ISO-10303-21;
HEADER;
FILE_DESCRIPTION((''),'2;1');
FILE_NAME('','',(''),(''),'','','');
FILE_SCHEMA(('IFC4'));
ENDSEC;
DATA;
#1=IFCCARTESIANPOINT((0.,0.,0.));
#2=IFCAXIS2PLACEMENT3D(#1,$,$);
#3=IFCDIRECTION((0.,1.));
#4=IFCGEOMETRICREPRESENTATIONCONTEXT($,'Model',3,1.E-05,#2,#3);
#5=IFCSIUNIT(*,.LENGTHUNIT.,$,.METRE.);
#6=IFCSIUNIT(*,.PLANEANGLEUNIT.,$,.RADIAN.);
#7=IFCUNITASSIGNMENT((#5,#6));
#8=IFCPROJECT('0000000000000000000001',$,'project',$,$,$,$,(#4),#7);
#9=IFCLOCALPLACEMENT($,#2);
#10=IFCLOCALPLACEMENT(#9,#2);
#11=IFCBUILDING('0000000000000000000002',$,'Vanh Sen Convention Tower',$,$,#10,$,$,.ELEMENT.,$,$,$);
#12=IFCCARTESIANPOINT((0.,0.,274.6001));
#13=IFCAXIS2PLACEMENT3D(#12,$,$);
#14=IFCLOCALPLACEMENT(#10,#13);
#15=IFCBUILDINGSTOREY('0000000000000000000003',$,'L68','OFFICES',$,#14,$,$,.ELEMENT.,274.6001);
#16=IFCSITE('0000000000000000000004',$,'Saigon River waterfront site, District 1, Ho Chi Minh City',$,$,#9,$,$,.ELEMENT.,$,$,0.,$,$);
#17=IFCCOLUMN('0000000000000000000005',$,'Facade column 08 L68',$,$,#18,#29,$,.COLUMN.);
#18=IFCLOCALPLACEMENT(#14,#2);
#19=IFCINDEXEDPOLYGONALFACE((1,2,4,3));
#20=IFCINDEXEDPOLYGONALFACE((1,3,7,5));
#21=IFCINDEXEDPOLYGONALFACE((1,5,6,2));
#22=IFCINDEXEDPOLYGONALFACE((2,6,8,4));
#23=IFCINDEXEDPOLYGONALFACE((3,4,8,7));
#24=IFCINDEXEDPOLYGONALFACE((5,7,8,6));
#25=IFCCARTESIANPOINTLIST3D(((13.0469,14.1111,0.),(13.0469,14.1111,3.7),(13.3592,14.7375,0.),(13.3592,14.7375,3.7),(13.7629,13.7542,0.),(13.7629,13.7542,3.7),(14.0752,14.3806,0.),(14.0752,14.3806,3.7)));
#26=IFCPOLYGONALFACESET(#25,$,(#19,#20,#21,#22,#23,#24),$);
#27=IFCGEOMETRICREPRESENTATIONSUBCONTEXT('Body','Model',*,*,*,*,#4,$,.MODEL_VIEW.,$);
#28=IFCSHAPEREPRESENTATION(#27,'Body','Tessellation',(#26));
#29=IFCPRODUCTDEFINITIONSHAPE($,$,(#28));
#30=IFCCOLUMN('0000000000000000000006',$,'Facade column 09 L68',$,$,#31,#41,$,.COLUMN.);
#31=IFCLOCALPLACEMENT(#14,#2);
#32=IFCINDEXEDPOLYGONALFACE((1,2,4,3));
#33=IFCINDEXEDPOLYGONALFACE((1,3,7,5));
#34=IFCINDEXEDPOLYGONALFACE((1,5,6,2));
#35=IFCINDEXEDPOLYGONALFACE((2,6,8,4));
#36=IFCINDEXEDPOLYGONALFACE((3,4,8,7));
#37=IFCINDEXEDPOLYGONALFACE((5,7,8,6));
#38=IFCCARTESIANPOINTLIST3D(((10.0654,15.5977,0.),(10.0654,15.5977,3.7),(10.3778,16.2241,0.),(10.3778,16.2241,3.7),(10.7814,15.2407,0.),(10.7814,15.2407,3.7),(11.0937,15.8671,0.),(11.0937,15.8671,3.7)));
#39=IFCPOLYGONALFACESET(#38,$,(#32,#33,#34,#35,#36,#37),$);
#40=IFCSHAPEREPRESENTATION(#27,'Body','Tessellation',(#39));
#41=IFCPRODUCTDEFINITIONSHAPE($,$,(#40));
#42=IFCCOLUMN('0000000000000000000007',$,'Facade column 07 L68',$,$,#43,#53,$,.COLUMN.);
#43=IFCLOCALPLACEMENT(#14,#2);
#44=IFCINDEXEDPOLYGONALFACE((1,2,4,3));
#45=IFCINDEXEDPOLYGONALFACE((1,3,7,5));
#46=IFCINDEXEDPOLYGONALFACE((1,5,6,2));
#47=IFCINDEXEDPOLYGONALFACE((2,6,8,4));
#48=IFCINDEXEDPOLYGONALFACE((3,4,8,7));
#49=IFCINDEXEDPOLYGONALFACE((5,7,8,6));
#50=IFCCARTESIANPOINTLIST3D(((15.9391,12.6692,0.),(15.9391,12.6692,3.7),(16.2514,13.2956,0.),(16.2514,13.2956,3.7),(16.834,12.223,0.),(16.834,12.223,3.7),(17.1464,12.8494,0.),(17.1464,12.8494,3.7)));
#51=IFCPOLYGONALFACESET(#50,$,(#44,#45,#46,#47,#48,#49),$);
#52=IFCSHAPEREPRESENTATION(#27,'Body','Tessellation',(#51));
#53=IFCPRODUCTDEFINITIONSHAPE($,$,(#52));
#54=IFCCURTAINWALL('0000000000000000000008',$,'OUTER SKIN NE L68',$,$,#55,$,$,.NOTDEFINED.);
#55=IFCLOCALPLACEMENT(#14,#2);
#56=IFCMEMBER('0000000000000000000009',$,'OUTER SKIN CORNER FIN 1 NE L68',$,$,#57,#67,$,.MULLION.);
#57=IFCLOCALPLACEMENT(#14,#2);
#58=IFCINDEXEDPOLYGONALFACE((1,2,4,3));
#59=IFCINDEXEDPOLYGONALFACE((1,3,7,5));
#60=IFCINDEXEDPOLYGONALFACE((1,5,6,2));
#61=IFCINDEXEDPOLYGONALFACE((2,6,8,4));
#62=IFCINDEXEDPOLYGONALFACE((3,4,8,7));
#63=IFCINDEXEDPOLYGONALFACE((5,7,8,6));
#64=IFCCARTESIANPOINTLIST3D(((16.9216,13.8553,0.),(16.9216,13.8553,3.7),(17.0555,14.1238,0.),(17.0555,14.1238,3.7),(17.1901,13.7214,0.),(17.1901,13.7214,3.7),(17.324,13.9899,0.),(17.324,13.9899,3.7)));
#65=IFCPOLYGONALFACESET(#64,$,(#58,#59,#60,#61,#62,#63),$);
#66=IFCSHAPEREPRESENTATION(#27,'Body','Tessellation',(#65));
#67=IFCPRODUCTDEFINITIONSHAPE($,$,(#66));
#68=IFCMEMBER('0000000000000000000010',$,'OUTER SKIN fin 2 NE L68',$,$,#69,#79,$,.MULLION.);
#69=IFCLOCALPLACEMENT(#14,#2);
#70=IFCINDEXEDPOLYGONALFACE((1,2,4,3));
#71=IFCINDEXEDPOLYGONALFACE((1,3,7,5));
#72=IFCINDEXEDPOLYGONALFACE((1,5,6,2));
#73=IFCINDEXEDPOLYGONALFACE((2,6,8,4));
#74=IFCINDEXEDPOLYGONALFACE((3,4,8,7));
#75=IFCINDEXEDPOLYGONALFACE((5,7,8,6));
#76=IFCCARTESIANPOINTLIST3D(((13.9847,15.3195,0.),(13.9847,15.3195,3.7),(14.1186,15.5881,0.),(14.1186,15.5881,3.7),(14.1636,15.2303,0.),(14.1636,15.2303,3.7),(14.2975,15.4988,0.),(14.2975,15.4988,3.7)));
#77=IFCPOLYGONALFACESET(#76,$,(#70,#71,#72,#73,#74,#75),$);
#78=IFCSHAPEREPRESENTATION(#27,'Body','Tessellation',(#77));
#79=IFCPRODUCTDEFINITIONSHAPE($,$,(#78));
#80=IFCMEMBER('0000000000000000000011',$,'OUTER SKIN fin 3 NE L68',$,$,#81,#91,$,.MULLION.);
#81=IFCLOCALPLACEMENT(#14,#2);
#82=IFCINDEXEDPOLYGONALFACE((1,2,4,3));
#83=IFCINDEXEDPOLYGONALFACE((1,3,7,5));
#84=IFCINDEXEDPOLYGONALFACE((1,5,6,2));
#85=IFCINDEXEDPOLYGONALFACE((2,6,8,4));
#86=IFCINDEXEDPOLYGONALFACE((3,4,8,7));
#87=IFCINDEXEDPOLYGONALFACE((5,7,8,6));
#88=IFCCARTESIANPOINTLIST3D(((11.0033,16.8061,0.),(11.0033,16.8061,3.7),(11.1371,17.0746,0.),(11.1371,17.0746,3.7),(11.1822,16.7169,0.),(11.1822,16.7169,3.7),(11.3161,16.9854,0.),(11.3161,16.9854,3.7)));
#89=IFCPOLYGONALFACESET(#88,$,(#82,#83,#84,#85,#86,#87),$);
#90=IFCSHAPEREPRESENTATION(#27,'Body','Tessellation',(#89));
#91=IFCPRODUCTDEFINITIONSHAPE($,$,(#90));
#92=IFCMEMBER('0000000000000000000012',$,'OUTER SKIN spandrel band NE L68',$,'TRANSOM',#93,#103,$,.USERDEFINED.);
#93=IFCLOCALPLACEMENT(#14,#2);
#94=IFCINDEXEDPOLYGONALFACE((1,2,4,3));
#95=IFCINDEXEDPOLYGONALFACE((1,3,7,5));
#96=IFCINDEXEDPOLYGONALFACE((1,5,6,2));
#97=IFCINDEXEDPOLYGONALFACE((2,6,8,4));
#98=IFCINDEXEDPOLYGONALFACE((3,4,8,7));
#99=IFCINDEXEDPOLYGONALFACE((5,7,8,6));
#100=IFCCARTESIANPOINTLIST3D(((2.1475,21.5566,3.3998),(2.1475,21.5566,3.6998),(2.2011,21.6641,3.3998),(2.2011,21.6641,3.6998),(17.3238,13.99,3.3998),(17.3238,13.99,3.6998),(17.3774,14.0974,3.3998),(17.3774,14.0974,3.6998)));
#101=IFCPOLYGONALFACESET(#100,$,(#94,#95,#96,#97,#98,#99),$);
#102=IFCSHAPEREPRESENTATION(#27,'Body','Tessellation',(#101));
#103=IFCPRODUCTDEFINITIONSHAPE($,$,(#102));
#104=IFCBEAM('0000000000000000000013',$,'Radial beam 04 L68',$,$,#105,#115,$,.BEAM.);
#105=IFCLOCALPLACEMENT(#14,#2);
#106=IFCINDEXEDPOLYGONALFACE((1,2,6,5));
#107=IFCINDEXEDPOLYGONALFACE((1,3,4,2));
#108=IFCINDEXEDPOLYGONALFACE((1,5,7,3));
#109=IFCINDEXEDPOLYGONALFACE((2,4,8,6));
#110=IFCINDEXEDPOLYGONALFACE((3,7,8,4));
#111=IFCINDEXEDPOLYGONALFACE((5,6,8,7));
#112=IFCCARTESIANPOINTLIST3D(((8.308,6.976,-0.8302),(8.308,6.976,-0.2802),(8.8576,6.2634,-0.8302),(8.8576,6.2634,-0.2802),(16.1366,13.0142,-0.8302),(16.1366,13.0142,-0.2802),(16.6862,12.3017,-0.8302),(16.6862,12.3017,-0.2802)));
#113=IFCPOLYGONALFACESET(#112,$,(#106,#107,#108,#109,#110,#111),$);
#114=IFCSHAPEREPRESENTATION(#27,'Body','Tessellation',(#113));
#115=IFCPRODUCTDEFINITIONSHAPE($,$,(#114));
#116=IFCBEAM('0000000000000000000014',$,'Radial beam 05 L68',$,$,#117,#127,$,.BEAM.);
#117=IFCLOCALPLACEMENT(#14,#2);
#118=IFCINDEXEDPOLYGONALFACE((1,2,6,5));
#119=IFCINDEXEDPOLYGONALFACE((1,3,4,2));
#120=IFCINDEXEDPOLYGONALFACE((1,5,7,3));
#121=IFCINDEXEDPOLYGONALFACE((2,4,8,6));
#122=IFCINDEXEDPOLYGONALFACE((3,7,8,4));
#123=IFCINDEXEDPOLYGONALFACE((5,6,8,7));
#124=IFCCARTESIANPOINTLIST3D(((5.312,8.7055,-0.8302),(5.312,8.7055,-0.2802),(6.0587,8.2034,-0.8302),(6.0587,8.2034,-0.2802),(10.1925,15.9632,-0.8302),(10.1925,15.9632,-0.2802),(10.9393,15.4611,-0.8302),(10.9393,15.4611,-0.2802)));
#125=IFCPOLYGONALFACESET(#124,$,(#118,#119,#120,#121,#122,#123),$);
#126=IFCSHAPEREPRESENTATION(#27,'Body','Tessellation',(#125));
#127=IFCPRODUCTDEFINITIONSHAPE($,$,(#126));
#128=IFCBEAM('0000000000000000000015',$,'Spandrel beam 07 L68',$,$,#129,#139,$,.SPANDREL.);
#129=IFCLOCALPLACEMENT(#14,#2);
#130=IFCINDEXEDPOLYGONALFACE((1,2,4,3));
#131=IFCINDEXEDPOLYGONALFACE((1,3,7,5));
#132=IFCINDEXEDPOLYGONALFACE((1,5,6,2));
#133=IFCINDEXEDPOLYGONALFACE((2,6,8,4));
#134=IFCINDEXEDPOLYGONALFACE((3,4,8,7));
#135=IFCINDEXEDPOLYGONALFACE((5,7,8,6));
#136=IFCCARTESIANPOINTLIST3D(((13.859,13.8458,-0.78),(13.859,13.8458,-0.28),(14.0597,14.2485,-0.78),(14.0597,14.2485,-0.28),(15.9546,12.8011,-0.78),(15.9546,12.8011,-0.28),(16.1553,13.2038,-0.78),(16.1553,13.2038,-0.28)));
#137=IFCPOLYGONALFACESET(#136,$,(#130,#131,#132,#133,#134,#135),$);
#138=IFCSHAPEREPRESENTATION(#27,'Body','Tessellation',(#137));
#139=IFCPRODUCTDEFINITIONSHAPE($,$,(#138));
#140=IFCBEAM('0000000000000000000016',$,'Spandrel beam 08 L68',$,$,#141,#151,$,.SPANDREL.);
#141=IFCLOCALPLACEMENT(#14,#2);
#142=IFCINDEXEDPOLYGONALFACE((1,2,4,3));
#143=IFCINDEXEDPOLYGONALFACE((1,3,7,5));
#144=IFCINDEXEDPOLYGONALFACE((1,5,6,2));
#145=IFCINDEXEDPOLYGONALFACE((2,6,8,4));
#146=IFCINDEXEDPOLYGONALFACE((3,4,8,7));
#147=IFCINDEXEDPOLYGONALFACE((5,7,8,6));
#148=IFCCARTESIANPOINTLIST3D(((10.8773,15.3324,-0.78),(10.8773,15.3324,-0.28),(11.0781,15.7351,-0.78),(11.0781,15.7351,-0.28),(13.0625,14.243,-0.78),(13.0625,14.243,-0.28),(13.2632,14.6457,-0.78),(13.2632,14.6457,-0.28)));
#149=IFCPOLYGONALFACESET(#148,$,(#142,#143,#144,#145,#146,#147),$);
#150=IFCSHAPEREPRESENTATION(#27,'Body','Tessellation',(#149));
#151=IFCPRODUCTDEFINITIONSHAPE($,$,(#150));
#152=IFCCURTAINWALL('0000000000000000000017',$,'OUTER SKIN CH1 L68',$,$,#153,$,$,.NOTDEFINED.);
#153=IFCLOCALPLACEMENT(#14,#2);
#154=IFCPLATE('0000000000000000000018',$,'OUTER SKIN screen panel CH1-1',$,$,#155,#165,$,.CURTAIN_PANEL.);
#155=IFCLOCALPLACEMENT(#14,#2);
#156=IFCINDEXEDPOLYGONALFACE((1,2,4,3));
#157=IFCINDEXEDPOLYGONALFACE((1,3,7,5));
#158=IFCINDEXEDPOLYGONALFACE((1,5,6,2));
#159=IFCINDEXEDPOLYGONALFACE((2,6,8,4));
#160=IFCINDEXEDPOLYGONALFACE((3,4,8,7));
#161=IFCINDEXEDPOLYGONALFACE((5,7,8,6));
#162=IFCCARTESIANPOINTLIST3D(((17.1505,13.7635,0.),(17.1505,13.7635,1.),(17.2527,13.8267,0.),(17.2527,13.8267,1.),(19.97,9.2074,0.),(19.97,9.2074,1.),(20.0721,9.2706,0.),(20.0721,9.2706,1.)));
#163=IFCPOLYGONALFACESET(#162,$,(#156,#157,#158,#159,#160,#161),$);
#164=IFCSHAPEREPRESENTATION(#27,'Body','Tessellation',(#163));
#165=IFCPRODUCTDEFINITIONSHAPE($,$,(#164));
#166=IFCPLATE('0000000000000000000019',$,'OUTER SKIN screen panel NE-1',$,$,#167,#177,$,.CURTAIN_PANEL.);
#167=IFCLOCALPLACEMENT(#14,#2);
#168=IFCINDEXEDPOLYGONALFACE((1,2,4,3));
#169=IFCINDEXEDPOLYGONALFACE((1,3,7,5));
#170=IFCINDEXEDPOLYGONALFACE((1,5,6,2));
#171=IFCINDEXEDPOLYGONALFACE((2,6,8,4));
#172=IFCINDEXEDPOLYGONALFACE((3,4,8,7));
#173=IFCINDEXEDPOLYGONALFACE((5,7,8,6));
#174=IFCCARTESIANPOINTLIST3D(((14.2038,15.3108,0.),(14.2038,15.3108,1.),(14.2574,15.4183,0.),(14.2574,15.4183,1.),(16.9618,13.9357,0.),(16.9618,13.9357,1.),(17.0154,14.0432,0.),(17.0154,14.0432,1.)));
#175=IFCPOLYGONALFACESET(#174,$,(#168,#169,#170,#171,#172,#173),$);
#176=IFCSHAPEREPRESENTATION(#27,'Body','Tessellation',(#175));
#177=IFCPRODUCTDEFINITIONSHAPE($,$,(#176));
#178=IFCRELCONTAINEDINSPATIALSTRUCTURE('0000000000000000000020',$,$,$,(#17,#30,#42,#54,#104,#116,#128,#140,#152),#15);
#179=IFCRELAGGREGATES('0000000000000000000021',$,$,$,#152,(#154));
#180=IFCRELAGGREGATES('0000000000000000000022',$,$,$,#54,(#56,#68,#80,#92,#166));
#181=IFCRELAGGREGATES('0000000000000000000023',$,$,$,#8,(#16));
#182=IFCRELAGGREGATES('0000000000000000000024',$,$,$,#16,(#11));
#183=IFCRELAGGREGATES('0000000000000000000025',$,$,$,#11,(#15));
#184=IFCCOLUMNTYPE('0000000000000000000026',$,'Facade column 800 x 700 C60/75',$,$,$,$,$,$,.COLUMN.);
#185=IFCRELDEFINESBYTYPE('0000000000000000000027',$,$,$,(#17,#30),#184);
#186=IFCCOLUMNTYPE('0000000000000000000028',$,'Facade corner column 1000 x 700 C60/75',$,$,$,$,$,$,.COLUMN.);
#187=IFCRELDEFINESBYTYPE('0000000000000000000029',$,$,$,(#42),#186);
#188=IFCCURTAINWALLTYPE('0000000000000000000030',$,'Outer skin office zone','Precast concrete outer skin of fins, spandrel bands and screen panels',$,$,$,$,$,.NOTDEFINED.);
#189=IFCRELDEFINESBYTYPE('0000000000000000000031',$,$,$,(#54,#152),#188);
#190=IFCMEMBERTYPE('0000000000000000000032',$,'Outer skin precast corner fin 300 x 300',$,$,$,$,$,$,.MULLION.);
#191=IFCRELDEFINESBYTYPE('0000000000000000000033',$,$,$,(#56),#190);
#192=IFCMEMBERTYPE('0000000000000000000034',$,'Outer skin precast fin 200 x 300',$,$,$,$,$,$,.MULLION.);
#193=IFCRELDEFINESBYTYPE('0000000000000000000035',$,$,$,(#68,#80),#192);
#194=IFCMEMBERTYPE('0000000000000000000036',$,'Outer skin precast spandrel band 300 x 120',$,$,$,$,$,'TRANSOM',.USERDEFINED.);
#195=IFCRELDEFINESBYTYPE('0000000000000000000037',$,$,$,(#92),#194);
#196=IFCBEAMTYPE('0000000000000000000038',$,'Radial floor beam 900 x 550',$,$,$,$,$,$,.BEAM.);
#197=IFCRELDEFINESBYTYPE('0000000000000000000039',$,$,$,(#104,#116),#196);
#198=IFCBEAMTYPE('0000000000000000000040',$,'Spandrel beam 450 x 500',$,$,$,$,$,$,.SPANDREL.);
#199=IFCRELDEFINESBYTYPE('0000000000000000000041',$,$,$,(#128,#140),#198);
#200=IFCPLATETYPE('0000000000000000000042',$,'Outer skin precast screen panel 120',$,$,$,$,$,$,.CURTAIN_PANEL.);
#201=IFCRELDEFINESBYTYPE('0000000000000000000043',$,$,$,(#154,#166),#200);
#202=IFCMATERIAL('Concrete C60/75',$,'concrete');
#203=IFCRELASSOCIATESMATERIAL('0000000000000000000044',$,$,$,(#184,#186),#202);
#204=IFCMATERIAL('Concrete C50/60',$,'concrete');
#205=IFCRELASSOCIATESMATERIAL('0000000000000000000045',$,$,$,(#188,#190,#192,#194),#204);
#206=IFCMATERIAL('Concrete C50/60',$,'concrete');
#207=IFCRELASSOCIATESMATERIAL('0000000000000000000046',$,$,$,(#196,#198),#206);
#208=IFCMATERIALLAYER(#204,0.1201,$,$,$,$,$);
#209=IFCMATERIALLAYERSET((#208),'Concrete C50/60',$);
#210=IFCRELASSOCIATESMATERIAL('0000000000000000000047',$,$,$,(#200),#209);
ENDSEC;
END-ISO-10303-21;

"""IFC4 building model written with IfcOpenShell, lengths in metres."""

from ifc_helpers import new_model, si_unit, direction, frame, origin, origin_2d, place, context, subcontext, project, spatial, rectangle, extrude, material, layer, layer_set, material_profile, profile_set, type_object, element, aggregate, save


model = new_model("IFC4")

# Units and contexts
model_context = context("Model", 3, precision=1e-05, world=origin(), true_north=direction((0.0, 1.0)))
body_context = subcontext(model_context, "Body", "Model", "MODEL_VIEW")
ifc_project = project(units=[si_unit("LENGTHUNIT", "METRE"), si_unit("PLANEANGLEUNIT", "RADIAN")], contexts=[model_context])

# Site, building, storey
site_placement = place(None, origin())
site = spatial("IfcSite", under=ifc_project, at=site_placement, Name="Saigon River waterfront site, District 1, Ho Chi Minh City", CompositionType="ELEMENT", RefElevation=0.0)
building_placement = place(site_placement, origin())
building = spatial("IfcBuilding", under=site, at=building_placement, Name="Vanh Sen Convention Tower", CompositionType="ELEMENT")
storey_placement = place(building_placement, frame((0.0, 0.0, 274.6001)))
storey = spatial("IfcBuildingStorey", under=building, at=storey_placement, Name="L68", Description="OFFICES", CompositionType="ELEMENT", Elevation=274.6001)

# Columns
ifc_material_1 = material(Name="Concrete C60/75", Category="concrete")
ifc_material_profile_1 = material_profile(ifc_material_1, rectangle(XDim=0.8, YDim=0.7, at=origin_2d()), Name="RC 800X700")
ifc_profile_set_1 = profile_set([ifc_material_profile_1], Name="Concrete C60/75")
column_type_1 = type_object("IfcColumnType", Name="Facade column 800 x 700 C60/75", PredefinedType="COLUMN", material=ifc_profile_set_1)
for number, where, z_axis, x_axis, name in (
    (1, (13.561, 14.2458, 0.0), (0.0, 0.0, 1.0), (-0.894934, 0.446198, 0.0), "Facade column 08 L68"),
    (2, (10.5796, 15.7324, 0.0), (0.0, 0.0, 1.0), (-0.894934, 0.446198, 0.0), "Facade column 09 L68"),
):
    element("IfcColumn", number, at=place(storey_placement, frame(where, z_axis=z_axis, x_axis=x_axis)), inside=storey, type_object=column_type_1, Name=name, PredefinedType="COLUMN", context=body_context, shape_type="SweptSolid", body=[
        extrude(rectangle(XDim=0.8, YDim=0.7, at=origin_2d()), origin(), (0.0, 0.0, 1.0), 3.7),
    ])
ifc_material_profile_2 = material_profile(ifc_material_1, rectangle(XDim=1.0, YDim=0.7, at=origin_2d()), Name="RC 1000X700")
ifc_profile_set_2 = profile_set([ifc_material_profile_2], Name="Concrete C60/75")
column_type_2 = type_object("IfcColumnType", Name="Facade corner column 1000 x 700 C60/75", PredefinedType="COLUMN", material=ifc_profile_set_2)
column_placement = place(storey_placement, frame((16.5427, 12.7593, 0.0), z_axis=(0.0, 0.0, 1.0), x_axis=(-0.894934, 0.446198, 0.0)))
element("IfcColumn", 3, at=column_placement, inside=storey, type_object=column_type_2, Name="Facade column 07 L68", PredefinedType="COLUMN", context=body_context, shape_type="SweptSolid", body=[
    extrude(rectangle(XDim=1.0, YDim=0.7, at=origin_2d()), origin(), (0.0, 0.0, 1.0), 3.7),
])

# Curtain wall, members
ifc_material_2 = material(Name="Concrete C50/60", Category="concrete")
curtain_wall_type = type_object("IfcCurtainWallType", Name="Outer skin office zone", Description="Precast concrete outer skin of fins, spandrel bands and screen panels", PredefinedType="NOTDEFINED", material=ifc_material_2)
curtain_wall_1_placement = place(storey_placement, origin())
curtain_wall_1 = element("IfcCurtainWall", 4, at=curtain_wall_1_placement, inside=storey, type_object=curtain_wall_type, Name="OUTER SKIN NE L68", PredefinedType="NOTDEFINED")
ifc_material_profile_3 = material_profile(ifc_material_2, rectangle(XDim=0.3, YDim=0.3, at=origin_2d()), Name="Outer skin precast corner fin 300 x 300")
ifc_profile_set_3 = profile_set([ifc_material_profile_3], Name="Concrete C50/60")
member_type_1 = type_object("IfcMemberType", Name="Outer skin precast corner fin 300 x 300", PredefinedType="MULLION", material=ifc_profile_set_3)
member_1_placement = place(storey_placement, frame((17.1228, 13.9226, 0.0), z_axis=(0.0, 0.0, 1.0), x_axis=(-0.894934, 0.446198, 0.0)))
member_1 = element("IfcMember", 5, at=member_1_placement, type_object=member_type_1, Name="OUTER SKIN CORNER FIN 1 NE L68", PredefinedType="MULLION", context=body_context, shape_type="SweptSolid", body=[
    extrude(rectangle(XDim=0.3, YDim=0.3, at=origin_2d()), origin(), (0.0, 0.0, 1.0), 3.7),
])
ifc_material_profile_4 = material_profile(ifc_material_2, rectangle(XDim=0.2, YDim=0.3, at=origin_2d()), Name="Outer skin precast fin 200 x 300")
ifc_profile_set_4 = profile_set([ifc_material_profile_4], Name="Concrete C50/60")
member_type_2 = type_object("IfcMemberType", Name="Outer skin precast fin 200 x 300", PredefinedType="MULLION", material=ifc_profile_set_4)
member_2_placement = place(storey_placement, frame((14.1411, 15.4092, 0.0), z_axis=(0.0, 0.0, 1.0), x_axis=(-0.894934, 0.446198, 0.0)))
member_2 = element("IfcMember", 6, at=member_2_placement, type_object=member_type_2, Name="OUTER SKIN fin 2 NE L68", PredefinedType="MULLION", context=body_context, shape_type="SweptSolid", body=[
    extrude(rectangle(XDim=0.2, YDim=0.3, at=origin_2d()), origin(), (0.0, 0.0, 1.0), 3.7),
])
member_3_placement = place(storey_placement, frame((11.1597, 16.8958, 0.0), z_axis=(0.0, 0.0, 1.0), x_axis=(-0.894934, 0.446198, 0.0)))
member_3 = element("IfcMember", 7, at=member_3_placement, type_object=member_type_2, Name="OUTER SKIN fin 3 NE L68", PredefinedType="MULLION", context=body_context, shape_type="SweptSolid", body=[
    extrude(rectangle(XDim=0.2, YDim=0.3, at=origin_2d()), origin(), (0.0, 0.0, 1.0), 3.7),
])
ifc_material_profile_5 = material_profile(ifc_material_2, rectangle(XDim=0.1201, YDim=0.3, at=origin_2d()), Name="Outer skin precast spandrel band 300 x 120")
ifc_profile_set_5 = profile_set([ifc_material_profile_5], Name="Concrete C50/60")
member_type_3 = type_object("IfcMemberType", Name="Outer skin precast spandrel band 300 x 120", ElementType="TRANSOM", PredefinedType="USERDEFINED", material=ifc_profile_set_5)
member_4_placement = place(storey_placement, frame((17.3506, 14.0437, 3.5498), z_axis=(-0.894933, 0.4462, 0.0), x_axis=(-0.4462, -0.894933, 0.0)))
member_4 = element("IfcMember", 8, at=member_4_placement, type_object=member_type_3, Name="OUTER SKIN spandrel band NE L68", ObjectType="TRANSOM", PredefinedType="USERDEFINED", context=body_context, shape_type="SweptSolid", body=[
    extrude(rectangle(XDim=0.1201, YDim=0.3, at=origin_2d()), origin(), (0.0, 0.0, 1.0), 16.958),
])

# Beams
ifc_material_3 = material(Name="Concrete C50/60", Category="concrete")
ifc_material_profile_6 = material_profile(ifc_material_3, rectangle(XDim=0.8999, YDim=0.55, at=origin_2d()), Name="RC 900X550")
ifc_profile_set_6 = profile_set([ifc_material_profile_6], Name="Concrete C50/60")
beam_type_1 = type_object("IfcBeamType", Name="Radial floor beam 900 x 550", PredefinedType="BEAM", material=ifc_profile_set_6)
beam_1_placement = place(storey_placement, frame((16.4114, 12.658, -0.5552), z_axis=(-0.791826, -0.610747, 0.0), x_axis=(0.610747, -0.791826, 0.0)))
element("IfcBeam", 9, at=beam_1_placement, inside=storey, type_object=beam_type_1, Name="Radial beam 04 L68", PredefinedType="BEAM", context=body_context, shape_type="SweptSolid", body=[
    extrude(rectangle(XDim=0.8999, YDim=0.55, at=origin_2d()), origin(), (0.0, 0.0, 1.0), 9.8867),
])
beam_2_placement = place(storey_placement, frame((10.5659, 15.7122, -0.5552), z_axis=(-0.558026, -0.829823, 0.0), x_axis=(0.829823, -0.558026, 0.0)))
element("IfcBeam", 10, at=beam_2_placement, inside=storey, type_object=beam_type_1, Name="Radial beam 05 L68", PredefinedType="BEAM", context=body_context, shape_type="SweptSolid", body=[
    extrude(rectangle(XDim=0.8999, YDim=0.55, at=origin_2d()), origin(), (0.0, 0.0, 1.0), 8.7461),
])
ifc_material_profile_7 = material_profile(ifc_material_3, rectangle(XDim=0.45, YDim=0.5, at=origin_2d()), Name="RC 450X500")
ifc_profile_set_7 = profile_set([ifc_material_profile_7], Name="Concrete C50/60")
beam_type_2 = type_object("IfcBeamType", Name="Spandrel beam 450 x 500", PredefinedType="SPANDREL", material=ifc_profile_set_7)
beam_3_placement = place(storey_placement, frame((16.0549, 13.0024, -0.53), z_axis=(-0.894948, 0.446171, 0.0), x_axis=(-0.446171, -0.894948, 0.0)))
element("IfcBeam", 11, at=beam_3_placement, inside=storey, type_object=beam_type_2, Name="Spandrel beam 07 L68", PredefinedType="SPANDREL", context=body_context, shape_type="SweptSolid", body=[
    extrude(rectangle(XDim=0.45, YDim=0.5, at=origin_2d()), origin(), (0.0, 0.0, 1.0), 2.3416),
])
beam_4_placement = place(storey_placement, frame((13.1628, 14.4443, -0.53), z_axis=(-0.894947, 0.446173, 0.0), x_axis=(-0.446173, -0.894947, 0.0)))
element("IfcBeam", 12, at=beam_4_placement, inside=storey, type_object=beam_type_2, Name="Spandrel beam 08 L68", PredefinedType="SPANDREL", context=body_context, shape_type="SweptSolid", body=[
    extrude(rectangle(XDim=0.45, YDim=0.5, at=origin_2d()), origin(), (0.0, 0.0, 1.0), 2.4417),
])

# Curtain wall, plate
curtain_wall_2_placement = place(storey_placement, origin())
curtain_wall_2 = element("IfcCurtainWall", 13, at=curtain_wall_2_placement, inside=storey, type_object=curtain_wall_type, Name="OUTER SKIN CH1 L68", PredefinedType="NOTDEFINED")
ifc_layer_1 = layer(ifc_material_2, 0.1201)
ifc_layer_set_1 = layer_set([ifc_layer_1], Name="Concrete C50/60")
plate_type = type_object("IfcPlateType", Name="Outer skin precast screen panel 120", PredefinedType="CURTAIN_PANEL", material=ifc_layer_set_1)
plate_1_placement = place(storey_placement, frame((18.6113, 11.5171, 0.0), z_axis=(0.0, 0.0, 1.0), x_axis=(-0.526218, 0.850349, 0.0)))
plate_1 = element("IfcPlate", 14, at=plate_1_placement, type_object=plate_type, Name="OUTER SKIN screen panel CH1-1", PredefinedType="CURTAIN_PANEL", context=body_context, shape_type="SweptSolid", body=[
    extrude(rectangle(XDim=5.3579, YDim=0.1201, at=origin_2d()), origin(), (0.0, 0.0, 1.0), 1.0),
])
aggregate(curtain_wall_2, [plate_1])

# Plate
plate_2_placement = place(storey_placement, frame((15.6096, 14.677, 0.0), z_axis=(0.0, 0.0, 1.0), x_axis=(-0.894931, 0.446204, 0.0)))
plate_2 = element("IfcPlate", 15, at=plate_2_placement, type_object=plate_type, Name="OUTER SKIN screen panel NE-1", PredefinedType="CURTAIN_PANEL", context=body_context, shape_type="SweptSolid", body=[
    extrude(rectangle(XDim=3.0818, YDim=0.1201, at=origin_2d()), origin(), (0.0, 0.0, 1.0), 1.0),
])
aggregate(curtain_wall_1, [member_1, member_2, member_3, member_4, plate_2])

save(model, "model.ifc")
